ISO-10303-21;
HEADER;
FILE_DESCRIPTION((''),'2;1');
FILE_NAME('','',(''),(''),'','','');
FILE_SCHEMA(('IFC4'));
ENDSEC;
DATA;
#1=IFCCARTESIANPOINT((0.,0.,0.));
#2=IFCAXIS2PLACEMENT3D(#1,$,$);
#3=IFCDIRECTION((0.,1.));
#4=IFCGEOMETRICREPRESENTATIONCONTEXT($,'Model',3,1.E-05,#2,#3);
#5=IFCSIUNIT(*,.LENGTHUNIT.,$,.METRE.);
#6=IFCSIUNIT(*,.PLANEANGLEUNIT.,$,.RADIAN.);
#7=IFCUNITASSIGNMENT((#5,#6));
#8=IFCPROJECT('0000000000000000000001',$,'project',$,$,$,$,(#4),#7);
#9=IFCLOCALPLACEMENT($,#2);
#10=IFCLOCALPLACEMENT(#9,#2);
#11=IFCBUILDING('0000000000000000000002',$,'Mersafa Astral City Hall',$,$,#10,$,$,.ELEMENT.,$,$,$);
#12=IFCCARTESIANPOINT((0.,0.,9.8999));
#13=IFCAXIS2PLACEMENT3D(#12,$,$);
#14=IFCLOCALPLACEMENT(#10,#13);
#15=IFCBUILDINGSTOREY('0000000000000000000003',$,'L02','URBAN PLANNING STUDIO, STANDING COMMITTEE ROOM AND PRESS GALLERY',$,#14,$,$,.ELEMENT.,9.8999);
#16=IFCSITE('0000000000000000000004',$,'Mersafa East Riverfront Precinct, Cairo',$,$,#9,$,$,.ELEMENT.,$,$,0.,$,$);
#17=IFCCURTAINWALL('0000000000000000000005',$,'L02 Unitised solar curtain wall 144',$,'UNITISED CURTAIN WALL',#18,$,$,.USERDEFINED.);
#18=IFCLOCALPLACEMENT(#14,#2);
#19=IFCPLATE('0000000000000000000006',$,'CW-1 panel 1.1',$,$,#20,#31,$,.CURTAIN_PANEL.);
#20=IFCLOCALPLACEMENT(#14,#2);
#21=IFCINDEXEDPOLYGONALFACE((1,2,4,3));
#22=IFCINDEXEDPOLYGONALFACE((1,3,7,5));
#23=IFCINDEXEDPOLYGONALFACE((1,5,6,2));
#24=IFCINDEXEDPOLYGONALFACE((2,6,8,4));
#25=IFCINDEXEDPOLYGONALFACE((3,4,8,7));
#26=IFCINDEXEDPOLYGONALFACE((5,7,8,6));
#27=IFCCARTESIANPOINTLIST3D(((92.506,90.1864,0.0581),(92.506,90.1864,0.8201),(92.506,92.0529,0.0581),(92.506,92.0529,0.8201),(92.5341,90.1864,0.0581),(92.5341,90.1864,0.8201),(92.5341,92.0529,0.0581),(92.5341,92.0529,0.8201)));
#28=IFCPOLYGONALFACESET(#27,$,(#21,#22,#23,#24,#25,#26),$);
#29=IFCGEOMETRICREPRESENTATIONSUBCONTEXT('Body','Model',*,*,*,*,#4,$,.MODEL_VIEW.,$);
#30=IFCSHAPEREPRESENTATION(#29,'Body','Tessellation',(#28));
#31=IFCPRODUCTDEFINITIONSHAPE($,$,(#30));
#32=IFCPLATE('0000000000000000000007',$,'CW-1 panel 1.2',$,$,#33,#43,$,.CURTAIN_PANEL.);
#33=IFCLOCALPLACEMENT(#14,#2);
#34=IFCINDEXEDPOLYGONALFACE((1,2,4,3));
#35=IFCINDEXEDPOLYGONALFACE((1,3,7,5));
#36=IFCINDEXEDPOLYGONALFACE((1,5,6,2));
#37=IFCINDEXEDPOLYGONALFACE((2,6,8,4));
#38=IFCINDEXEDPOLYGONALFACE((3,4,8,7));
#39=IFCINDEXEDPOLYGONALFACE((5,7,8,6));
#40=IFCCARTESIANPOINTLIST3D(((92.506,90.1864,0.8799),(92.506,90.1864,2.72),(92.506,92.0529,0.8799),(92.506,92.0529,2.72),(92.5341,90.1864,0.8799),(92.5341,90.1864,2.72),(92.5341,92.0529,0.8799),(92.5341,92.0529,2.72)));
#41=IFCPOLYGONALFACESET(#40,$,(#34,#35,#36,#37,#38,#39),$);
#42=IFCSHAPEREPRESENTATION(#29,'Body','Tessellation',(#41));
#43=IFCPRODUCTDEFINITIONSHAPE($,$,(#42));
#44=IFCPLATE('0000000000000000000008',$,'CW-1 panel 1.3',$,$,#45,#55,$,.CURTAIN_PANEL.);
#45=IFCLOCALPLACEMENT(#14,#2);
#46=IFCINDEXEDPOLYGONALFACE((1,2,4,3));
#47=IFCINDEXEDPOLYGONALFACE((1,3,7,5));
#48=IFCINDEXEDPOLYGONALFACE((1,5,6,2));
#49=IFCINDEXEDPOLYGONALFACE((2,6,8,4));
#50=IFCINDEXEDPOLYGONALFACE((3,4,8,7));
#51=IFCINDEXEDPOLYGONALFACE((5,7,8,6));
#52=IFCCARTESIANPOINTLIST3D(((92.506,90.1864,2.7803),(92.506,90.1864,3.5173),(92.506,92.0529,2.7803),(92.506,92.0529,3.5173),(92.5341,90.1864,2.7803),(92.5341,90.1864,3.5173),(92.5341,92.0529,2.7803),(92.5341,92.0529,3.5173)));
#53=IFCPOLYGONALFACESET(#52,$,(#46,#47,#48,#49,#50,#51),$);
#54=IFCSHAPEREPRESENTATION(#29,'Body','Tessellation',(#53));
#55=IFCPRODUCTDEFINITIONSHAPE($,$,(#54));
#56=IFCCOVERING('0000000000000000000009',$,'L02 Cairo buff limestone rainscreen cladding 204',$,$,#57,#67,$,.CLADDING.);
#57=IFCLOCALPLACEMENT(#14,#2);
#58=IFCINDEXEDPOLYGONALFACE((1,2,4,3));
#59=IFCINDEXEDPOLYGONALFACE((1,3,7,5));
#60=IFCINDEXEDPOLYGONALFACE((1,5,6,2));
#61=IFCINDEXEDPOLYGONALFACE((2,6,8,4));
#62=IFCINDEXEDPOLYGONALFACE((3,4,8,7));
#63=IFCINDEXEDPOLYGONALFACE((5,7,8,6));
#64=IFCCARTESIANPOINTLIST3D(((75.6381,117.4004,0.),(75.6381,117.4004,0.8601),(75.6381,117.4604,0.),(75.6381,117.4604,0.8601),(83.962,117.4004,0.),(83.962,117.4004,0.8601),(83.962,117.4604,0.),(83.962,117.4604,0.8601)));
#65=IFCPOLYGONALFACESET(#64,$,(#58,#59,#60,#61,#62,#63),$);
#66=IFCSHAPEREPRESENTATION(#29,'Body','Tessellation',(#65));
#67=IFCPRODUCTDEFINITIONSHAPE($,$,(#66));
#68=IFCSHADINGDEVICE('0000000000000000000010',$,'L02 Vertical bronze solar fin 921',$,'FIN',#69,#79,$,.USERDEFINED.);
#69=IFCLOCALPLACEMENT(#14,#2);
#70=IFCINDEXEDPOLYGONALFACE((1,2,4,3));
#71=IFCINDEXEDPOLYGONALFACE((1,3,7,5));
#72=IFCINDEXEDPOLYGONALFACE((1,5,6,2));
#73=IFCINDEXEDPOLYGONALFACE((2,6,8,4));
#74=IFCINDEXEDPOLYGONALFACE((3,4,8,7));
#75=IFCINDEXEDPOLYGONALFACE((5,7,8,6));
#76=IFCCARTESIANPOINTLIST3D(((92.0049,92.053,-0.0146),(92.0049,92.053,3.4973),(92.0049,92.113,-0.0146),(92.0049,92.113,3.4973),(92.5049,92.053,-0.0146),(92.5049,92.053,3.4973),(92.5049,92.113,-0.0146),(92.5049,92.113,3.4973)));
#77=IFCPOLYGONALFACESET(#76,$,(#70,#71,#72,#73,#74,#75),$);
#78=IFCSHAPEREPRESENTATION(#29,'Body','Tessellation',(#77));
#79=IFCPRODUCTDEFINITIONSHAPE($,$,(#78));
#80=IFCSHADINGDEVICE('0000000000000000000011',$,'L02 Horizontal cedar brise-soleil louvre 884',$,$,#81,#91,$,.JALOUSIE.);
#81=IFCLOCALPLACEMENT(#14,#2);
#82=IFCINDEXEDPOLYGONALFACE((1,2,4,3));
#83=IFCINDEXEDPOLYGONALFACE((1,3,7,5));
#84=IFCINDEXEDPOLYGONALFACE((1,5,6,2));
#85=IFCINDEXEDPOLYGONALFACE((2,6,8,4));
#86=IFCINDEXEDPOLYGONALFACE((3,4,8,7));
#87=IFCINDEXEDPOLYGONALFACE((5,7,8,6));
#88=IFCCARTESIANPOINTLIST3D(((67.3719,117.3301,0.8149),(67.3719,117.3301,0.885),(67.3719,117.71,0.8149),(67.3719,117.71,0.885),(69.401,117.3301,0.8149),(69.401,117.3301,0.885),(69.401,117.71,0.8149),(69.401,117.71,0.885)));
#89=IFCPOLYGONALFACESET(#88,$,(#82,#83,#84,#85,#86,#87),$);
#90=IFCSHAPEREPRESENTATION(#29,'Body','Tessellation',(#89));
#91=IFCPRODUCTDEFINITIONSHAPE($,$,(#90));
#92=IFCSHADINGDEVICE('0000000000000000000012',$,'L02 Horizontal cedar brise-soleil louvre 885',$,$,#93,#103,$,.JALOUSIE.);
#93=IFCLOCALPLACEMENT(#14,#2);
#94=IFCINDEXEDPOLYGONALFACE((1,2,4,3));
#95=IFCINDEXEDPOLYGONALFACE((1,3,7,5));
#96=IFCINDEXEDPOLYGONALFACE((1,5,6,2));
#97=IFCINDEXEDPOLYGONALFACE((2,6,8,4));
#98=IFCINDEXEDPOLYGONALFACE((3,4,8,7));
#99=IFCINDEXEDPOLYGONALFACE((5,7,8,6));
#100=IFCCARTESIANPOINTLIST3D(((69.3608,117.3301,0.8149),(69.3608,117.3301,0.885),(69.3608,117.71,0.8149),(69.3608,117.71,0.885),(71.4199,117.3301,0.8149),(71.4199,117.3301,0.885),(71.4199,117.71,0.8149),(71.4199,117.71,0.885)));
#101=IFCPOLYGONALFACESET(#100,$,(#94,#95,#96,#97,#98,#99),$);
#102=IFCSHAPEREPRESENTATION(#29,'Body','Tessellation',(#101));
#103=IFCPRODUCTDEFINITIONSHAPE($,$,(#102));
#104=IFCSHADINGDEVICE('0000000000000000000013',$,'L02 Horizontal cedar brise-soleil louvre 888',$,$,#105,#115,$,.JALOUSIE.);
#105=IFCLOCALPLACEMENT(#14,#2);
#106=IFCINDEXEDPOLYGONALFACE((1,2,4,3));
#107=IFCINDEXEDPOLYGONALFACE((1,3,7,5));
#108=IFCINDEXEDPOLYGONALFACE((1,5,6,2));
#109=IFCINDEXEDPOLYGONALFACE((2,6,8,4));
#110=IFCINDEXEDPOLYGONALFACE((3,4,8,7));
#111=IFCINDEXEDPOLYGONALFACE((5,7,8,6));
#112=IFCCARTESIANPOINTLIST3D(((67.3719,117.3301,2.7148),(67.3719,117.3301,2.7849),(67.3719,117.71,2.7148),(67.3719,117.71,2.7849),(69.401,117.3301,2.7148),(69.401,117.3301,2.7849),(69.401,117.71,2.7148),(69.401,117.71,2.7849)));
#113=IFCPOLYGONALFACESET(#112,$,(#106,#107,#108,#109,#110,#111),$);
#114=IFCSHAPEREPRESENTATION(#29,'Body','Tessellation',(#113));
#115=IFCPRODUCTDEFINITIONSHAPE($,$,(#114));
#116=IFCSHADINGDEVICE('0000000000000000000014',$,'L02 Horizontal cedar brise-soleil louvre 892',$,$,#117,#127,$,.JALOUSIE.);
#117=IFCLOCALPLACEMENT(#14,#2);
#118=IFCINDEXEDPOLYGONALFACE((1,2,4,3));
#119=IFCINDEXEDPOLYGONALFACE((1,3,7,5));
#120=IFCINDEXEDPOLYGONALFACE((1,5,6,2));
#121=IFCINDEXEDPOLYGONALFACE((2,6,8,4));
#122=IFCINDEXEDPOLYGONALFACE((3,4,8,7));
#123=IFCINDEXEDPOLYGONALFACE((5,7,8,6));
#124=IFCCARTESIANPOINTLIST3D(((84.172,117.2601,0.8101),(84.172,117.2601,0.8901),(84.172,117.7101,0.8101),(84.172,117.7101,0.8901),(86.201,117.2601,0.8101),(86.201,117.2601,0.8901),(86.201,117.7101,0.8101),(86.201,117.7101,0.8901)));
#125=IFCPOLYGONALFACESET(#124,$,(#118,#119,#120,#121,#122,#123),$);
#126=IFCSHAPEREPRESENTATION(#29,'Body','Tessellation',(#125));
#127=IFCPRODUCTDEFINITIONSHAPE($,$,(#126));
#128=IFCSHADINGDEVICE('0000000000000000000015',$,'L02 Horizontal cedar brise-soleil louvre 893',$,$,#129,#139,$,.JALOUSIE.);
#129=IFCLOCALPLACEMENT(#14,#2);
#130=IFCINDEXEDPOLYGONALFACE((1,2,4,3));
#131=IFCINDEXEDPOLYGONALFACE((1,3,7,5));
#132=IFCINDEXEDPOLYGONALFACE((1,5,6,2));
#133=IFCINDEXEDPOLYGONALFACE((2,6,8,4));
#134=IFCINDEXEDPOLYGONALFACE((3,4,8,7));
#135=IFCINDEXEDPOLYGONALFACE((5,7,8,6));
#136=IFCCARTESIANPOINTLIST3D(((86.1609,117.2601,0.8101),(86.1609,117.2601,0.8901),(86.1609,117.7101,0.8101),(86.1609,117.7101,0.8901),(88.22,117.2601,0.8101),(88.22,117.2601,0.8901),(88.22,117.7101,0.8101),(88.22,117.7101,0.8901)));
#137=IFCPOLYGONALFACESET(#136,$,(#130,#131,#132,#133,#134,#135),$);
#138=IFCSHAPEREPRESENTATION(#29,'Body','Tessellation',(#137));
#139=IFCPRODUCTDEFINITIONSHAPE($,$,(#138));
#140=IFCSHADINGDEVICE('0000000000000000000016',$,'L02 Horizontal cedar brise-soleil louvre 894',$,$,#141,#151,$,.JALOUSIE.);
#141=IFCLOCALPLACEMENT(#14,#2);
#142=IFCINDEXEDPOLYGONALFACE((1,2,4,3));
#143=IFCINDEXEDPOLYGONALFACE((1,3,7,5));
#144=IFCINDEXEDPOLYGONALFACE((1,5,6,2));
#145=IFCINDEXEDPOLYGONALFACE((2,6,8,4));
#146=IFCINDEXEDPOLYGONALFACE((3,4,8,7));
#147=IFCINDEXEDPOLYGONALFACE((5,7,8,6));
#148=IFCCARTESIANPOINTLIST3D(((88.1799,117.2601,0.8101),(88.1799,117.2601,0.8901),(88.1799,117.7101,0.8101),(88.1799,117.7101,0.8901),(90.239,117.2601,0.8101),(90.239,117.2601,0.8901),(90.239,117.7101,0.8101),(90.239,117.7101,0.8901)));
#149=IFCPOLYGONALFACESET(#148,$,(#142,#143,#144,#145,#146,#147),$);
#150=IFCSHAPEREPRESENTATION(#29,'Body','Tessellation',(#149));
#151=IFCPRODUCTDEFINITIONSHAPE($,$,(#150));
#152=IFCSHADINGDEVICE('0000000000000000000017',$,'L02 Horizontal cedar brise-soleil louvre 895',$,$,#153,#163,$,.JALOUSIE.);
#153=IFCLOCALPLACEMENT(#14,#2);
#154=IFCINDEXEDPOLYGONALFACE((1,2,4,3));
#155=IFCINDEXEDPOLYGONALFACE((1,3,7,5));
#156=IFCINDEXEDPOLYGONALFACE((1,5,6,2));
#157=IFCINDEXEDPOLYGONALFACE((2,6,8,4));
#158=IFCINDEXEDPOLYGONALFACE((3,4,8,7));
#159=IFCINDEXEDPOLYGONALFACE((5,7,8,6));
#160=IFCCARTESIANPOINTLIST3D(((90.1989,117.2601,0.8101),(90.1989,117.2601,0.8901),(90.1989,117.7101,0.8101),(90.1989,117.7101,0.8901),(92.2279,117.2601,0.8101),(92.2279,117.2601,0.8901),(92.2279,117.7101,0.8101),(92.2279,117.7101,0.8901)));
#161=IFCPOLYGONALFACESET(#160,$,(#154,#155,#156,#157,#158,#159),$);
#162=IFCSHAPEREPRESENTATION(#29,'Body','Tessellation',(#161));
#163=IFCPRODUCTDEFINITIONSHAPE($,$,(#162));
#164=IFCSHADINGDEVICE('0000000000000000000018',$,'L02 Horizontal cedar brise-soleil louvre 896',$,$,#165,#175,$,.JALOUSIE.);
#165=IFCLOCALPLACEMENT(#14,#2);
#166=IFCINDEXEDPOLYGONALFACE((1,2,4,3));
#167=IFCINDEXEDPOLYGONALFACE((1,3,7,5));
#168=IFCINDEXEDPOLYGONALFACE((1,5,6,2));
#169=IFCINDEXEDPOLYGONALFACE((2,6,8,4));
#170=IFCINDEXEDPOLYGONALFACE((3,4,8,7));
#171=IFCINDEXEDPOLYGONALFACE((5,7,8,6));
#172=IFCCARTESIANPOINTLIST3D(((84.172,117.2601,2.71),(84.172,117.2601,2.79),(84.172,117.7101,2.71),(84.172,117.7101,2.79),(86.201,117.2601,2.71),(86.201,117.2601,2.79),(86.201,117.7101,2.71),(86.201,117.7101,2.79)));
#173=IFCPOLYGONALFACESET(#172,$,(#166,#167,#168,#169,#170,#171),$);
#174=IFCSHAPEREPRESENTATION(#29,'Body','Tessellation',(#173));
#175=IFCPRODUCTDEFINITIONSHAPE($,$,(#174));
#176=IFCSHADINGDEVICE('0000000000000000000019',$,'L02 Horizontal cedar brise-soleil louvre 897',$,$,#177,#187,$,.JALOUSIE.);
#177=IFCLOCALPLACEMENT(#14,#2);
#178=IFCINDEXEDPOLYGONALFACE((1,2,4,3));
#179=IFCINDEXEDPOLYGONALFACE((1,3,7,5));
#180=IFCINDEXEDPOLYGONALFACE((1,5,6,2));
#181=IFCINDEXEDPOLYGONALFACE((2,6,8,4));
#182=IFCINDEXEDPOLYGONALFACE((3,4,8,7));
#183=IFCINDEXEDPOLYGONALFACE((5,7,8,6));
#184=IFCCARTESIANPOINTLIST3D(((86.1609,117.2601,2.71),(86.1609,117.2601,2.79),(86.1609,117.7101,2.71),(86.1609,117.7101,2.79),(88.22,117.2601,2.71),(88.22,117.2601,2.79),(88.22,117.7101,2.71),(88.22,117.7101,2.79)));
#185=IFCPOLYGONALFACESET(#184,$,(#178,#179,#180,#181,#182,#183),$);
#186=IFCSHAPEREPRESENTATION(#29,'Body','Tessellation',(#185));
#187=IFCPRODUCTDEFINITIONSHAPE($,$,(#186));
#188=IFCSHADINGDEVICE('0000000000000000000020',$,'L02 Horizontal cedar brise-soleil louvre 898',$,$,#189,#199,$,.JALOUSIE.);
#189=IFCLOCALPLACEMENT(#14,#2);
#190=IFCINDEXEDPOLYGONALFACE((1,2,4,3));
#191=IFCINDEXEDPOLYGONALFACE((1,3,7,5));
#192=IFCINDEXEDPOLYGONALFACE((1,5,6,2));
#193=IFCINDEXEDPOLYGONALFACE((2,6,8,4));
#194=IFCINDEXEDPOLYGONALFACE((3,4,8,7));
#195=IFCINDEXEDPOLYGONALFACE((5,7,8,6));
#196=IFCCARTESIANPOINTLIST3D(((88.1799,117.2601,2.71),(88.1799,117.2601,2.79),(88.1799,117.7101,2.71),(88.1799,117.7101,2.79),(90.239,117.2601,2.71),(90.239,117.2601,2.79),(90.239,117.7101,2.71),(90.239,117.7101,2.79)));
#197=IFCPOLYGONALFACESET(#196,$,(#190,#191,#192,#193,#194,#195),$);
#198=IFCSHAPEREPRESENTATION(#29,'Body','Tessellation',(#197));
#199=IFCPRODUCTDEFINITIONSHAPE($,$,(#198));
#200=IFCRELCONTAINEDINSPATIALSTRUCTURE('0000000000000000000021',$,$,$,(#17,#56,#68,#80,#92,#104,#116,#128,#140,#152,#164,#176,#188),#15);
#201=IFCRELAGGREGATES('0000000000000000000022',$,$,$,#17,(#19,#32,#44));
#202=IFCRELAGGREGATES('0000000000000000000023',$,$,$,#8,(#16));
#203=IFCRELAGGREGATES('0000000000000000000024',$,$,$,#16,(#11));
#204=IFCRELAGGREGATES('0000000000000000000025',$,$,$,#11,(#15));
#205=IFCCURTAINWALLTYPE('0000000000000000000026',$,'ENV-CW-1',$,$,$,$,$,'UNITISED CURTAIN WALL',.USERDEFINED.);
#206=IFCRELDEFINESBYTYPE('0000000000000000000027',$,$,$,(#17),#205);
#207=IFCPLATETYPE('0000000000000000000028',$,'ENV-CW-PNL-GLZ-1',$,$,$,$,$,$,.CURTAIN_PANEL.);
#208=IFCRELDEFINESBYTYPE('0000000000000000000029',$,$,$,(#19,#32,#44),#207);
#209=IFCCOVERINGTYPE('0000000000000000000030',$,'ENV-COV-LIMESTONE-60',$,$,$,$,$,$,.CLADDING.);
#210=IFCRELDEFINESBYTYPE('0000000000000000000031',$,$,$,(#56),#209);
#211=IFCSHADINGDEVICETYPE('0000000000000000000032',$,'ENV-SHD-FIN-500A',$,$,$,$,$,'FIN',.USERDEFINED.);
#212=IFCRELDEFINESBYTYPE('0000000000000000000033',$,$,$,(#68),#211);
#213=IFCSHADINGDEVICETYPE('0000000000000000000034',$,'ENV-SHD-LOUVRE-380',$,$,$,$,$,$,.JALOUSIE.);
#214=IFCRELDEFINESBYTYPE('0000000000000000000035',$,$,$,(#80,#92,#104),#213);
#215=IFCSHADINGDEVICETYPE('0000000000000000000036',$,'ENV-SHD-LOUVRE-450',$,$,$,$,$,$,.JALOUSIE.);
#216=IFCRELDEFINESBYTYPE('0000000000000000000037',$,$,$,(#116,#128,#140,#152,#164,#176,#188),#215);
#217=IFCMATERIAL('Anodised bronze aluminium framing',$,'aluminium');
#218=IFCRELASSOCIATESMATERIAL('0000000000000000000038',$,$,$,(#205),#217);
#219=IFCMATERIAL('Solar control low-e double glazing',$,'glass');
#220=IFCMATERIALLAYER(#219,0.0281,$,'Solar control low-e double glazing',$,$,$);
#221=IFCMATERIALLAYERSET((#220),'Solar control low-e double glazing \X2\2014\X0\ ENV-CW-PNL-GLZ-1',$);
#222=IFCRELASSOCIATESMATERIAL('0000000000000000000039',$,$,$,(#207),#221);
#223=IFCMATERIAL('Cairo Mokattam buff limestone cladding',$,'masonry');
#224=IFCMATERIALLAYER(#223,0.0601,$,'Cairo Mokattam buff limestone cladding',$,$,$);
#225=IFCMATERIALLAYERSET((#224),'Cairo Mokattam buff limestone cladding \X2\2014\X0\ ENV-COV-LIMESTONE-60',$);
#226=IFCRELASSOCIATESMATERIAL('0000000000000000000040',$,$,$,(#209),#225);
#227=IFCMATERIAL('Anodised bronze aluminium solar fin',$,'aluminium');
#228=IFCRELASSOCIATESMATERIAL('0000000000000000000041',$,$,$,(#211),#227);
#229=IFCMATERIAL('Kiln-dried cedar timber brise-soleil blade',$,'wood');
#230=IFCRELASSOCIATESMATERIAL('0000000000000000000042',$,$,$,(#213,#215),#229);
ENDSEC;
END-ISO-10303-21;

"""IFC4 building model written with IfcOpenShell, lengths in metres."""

from ifc_helpers import new_model, si_unit, direction, frame, origin, origin_2d, place, context, subcontext, project, spatial, rectangle, extrude, material, layer, layer_set, type_object, element, aggregate, save


model = new_model("IFC4")

# Units and contexts
model_context = context("Model", 3, precision=1e-05, world=origin(), true_north=direction((0.0, 1.0)))
body_context = subcontext(model_context, "Body", "Model", "MODEL_VIEW")
ifc_project = project(units=[si_unit("LENGTHUNIT", "METRE"), si_unit("PLANEANGLEUNIT", "RADIAN")], contexts=[model_context])

# Site, building, storey
site_placement = place(None, origin())
site = spatial("IfcSite", under=ifc_project, at=site_placement, Name="Mersafa East Riverfront Precinct, Cairo", CompositionType="ELEMENT", RefElevation=0.0)
building_placement = place(site_placement, origin())
building = spatial("IfcBuilding", under=site, at=building_placement, Name="Mersafa Astral City Hall", CompositionType="ELEMENT")
storey_placement = place(building_placement, frame((0.0, 0.0, 9.8999)))
storey = spatial("IfcBuildingStorey", under=building, at=storey_placement, Name="L02", Description="URBAN PLANNING STUDIO, STANDING COMMITTEE ROOM AND PRESS GALLERY", CompositionType="ELEMENT", Elevation=9.8999)

# Curtain wall
ifc_material_1 = material(Name="Anodised bronze aluminium framing", Category="aluminium")
curtain_wall_type = type_object("IfcCurtainWallType", Name="ENV-CW-1", ElementType="UNITISED CURTAIN WALL", PredefinedType="USERDEFINED", material=ifc_material_1)
curtain_wall_placement = place(storey_placement, origin())
curtain_wall = element("IfcCurtainWall", 1, at=curtain_wall_placement, inside=storey, type_object=curtain_wall_type, Name="L02 Unitised solar curtain wall 144", ObjectType="UNITISED CURTAIN WALL", PredefinedType="USERDEFINED")

# Plates
ifc_material_2 = material(Name="Solar control low-e double glazing", Category="glass")
ifc_layer_1 = layer(ifc_material_2, 0.0281, Name="Solar control low-e double glazing")
ifc_layer_set_1 = layer_set([ifc_layer_1], Name="Solar control low-e double glazing — ENV-CW-PNL-GLZ-1")
plate_type = type_object("IfcPlateType", Name="ENV-CW-PNL-GLZ-1", PredefinedType="CURTAIN_PANEL", material=ifc_layer_set_1)
plate_1_placement = place(storey_placement, frame((92.52, 91.1196, 0.0581), z_axis=(0.0, 0.0, 1.0), x_axis=(0.0, -1.0, 0.0)))
plate_1 = element("IfcPlate", 2, at=plate_1_placement, type_object=plate_type, Name="CW-1 panel 1.1", PredefinedType="CURTAIN_PANEL", context=body_context, shape_type="SweptSolid", body=[
    extrude(rectangle(XDim=1.8665, YDim=0.0281, at=origin_2d()), origin(), (0.0, 0.0, 1.0), 0.762),
])
plate_2_placement = place(storey_placement, frame((92.52, 91.1196, 0.8799), z_axis=(0.0, 0.0, 1.0), x_axis=(0.0, -1.0, 0.0)))
plate_2 = element("IfcPlate", 3, at=plate_2_placement, type_object=plate_type, Name="CW-1 panel 1.2", PredefinedType="CURTAIN_PANEL", context=body_context, shape_type="SweptSolid", body=[
    extrude(rectangle(XDim=1.8665, YDim=0.0281, at=origin_2d()), origin(), (0.0, 0.0, 1.0), 1.8401),
])
plate_3_placement = place(storey_placement, frame((92.52, 91.1196, 2.7803), z_axis=(0.0, 0.0, 1.0), x_axis=(0.0, -1.0, 0.0)))
plate_3 = element("IfcPlate", 4, at=plate_3_placement, type_object=plate_type, Name="CW-1 panel 1.3", PredefinedType="CURTAIN_PANEL", context=body_context, shape_type="SweptSolid", body=[
    extrude(rectangle(XDim=1.8665, YDim=0.0281, at=origin_2d()), origin(), (0.0, 0.0, 1.0), 0.7371),
])
aggregate(curtain_wall, [plate_1, plate_2, plate_3])

# Covering
ifc_material_3 = material(Name="Cairo Mokattam buff limestone cladding", Category="masonry")
ifc_layer_2 = layer(ifc_material_3, 0.0601, Name="Cairo Mokattam buff limestone cladding")
ifc_layer_set_2 = layer_set([ifc_layer_2], Name="Cairo Mokattam buff limestone cladding — ENV-COV-LIMESTONE-60")
covering_type = type_object("IfcCoveringType", Name="ENV-COV-LIMESTONE-60", PredefinedType="CLADDING", material=ifc_layer_set_2)
covering_placement = place(storey_placement, frame((79.8, 117.4304, 0.0), z_axis=(0.0, 0.0, 1.0), x_axis=(1.0, 0.0, 0.0)))
element("IfcCovering", 5, at=covering_placement, inside=storey, type_object=covering_type, Name="L02 Cairo buff limestone rainscreen cladding 204", PredefinedType="CLADDING", context=body_context, shape_type="SweptSolid", body=[
    extrude(rectangle(XDim=8.324, YDim=0.0601, at=origin_2d()), origin(), (0.0, 0.0, 1.0), 0.8601),
])

# Shading devices
ifc_material_4 = material(Name="Anodised bronze aluminium solar fin", Category="aluminium")
shading_device_type_1 = type_object("IfcShadingDeviceType", Name="ENV-SHD-FIN-500A", ElementType="FIN", PredefinedType="USERDEFINED", material=ifc_material_4)
shading_device_1_placement = place(storey_placement, frame((92.2549, 92.083, -0.0146), z_axis=(0.0, 0.0, 1.0), x_axis=(0.0, -1.0, 0.0)))
element("IfcShadingDevice", 6, at=shading_device_1_placement, inside=storey, type_object=shading_device_type_1, Name="L02 Vertical bronze solar fin 921", ObjectType="FIN", PredefinedType="USERDEFINED", context=body_context, shape_type="SweptSolid", body=[
    extrude(rectangle(XDim=0.0601, YDim=0.5, at=origin_2d()), origin(), (0.0, 0.0, 1.0), 3.512),
])
ifc_material_5 = material(Name="Kiln-dried cedar timber brise-soleil blade", Category="wood")
shading_device_type_2 = type_object("IfcShadingDeviceType", Name="ENV-SHD-LOUVRE-380", PredefinedType="JALOUSIE", material=ifc_material_5)
shading_device_2_placement = place(storey_placement, frame((68.3865, 117.52, 0.8149), z_axis=(0.0, 0.0, 1.0), x_axis=(1.0, 0.0, 0.0)))
element("IfcShadingDevice", 7, at=shading_device_2_placement, inside=storey, type_object=shading_device_type_2, Name="L02 Horizontal cedar brise-soleil louvre 884", PredefinedType="JALOUSIE", context=body_context, shape_type="SweptSolid", body=[
    extrude(rectangle(XDim=2.0291, YDim=0.3799, at=origin_2d()), origin(), (0.0, 0.0, 1.0), 0.0701),
])
shading_device_3_placement = place(storey_placement, frame((70.3904, 117.52, 0.8149), z_axis=(0.0, 0.0, 1.0), x_axis=(1.0, 0.0, 0.0)))
element("IfcShadingDevice", 8, at=shading_device_3_placement, inside=storey, type_object=shading_device_type_2, Name="L02 Horizontal cedar brise-soleil louvre 885", PredefinedType="JALOUSIE", context=body_context, shape_type="SweptSolid", body=[
    extrude(rectangle(XDim=2.0591, YDim=0.3799, at=origin_2d()), origin(), (0.0, 0.0, 1.0), 0.0701),
])
shading_device_4_placement = place(storey_placement, frame((68.3865, 117.52, 2.7148), z_axis=(0.0, 0.0, 1.0), x_axis=(1.0, 0.0, 0.0)))
element("IfcShadingDevice", 9, at=shading_device_4_placement, inside=storey, type_object=shading_device_type_2, Name="L02 Horizontal cedar brise-soleil louvre 888", PredefinedType="JALOUSIE", context=body_context, shape_type="SweptSolid", body=[
    extrude(rectangle(XDim=2.0291, YDim=0.3799, at=origin_2d()), origin(), (0.0, 0.0, 1.0), 0.0701),
])
shading_device_type_3 = type_object("IfcShadingDeviceType", Name="ENV-SHD-LOUVRE-450", PredefinedType="JALOUSIE", material=ifc_material_5)
shading_device_5_placement = place(storey_placement, frame((85.1865, 117.4851, 0.8101), z_axis=(0.0, 0.0, 1.0), x_axis=(1.0, 0.0, 0.0)))
element("IfcShadingDevice", 10, at=shading_device_5_placement, inside=storey, type_object=shading_device_type_3, Name="L02 Horizontal cedar brise-soleil louvre 892", PredefinedType="JALOUSIE", context=body_context, shape_type="SweptSolid", body=[
    extrude(rectangle(XDim=2.0291, YDim=0.45, at=origin_2d()), origin(), (0.0, 0.0, 1.0), 0.0801),
])
for number, where, z_axis, x_axis, name in (
    (11, (87.1904, 117.4851, 0.8101), (0.0, 0.0, 1.0), (1.0, 0.0, 0.0), "L02 Horizontal cedar brise-soleil louvre 893"),
    (12, (89.2095, 117.4851, 0.8101), (0.0, 0.0, 1.0), (1.0, 0.0, 0.0), "L02 Horizontal cedar brise-soleil louvre 894"),
):
    element("IfcShadingDevice", number, at=place(storey_placement, frame(where, z_axis=z_axis, x_axis=x_axis)), inside=storey, type_object=shading_device_type_3, Name=name, PredefinedType="JALOUSIE", context=body_context, shape_type="SweptSolid", body=[
        extrude(rectangle(XDim=2.0591, YDim=0.45, at=origin_2d()), origin(), (0.0, 0.0, 1.0), 0.0801),
    ])
for number, where, z_axis, x_axis, name in (
    (13, (91.2134, 117.4851, 0.8101), (0.0, 0.0, 1.0), (1.0, 0.0, 0.0), "L02 Horizontal cedar brise-soleil louvre 895"),
    (14, (85.1865, 117.4851, 2.71), (0.0, 0.0, 1.0), (1.0, 0.0, 0.0), "L02 Horizontal cedar brise-soleil louvre 896"),
):
    element("IfcShadingDevice", number, at=place(storey_placement, frame(where, z_axis=z_axis, x_axis=x_axis)), inside=storey, type_object=shading_device_type_3, Name=name, PredefinedType="JALOUSIE", context=body_context, shape_type="SweptSolid", body=[
        extrude(rectangle(XDim=2.0291, YDim=0.45, at=origin_2d()), origin(), (0.0, 0.0, 1.0), 0.0801),
    ])
for number, where, z_axis, x_axis, name in (
    (15, (87.1904, 117.4851, 2.71), (0.0, 0.0, 1.0), (1.0, 0.0, 0.0), "L02 Horizontal cedar brise-soleil louvre 897"),
    (16, (89.2095, 117.4851, 2.71), (0.0, 0.0, 1.0), (1.0, 0.0, 0.0), "L02 Horizontal cedar brise-soleil louvre 898"),
):
    element("IfcShadingDevice", number, at=place(storey_placement, frame(where, z_axis=z_axis, x_axis=x_axis)), inside=storey, type_object=shading_device_type_3, Name=name, PredefinedType="JALOUSIE", context=body_context, shape_type="SweptSolid", body=[
        extrude(rectangle(XDim=2.0591, YDim=0.45, at=origin_2d()), origin(), (0.0, 0.0, 1.0), 0.0801),
    ])

save(model, "model.ifc")
